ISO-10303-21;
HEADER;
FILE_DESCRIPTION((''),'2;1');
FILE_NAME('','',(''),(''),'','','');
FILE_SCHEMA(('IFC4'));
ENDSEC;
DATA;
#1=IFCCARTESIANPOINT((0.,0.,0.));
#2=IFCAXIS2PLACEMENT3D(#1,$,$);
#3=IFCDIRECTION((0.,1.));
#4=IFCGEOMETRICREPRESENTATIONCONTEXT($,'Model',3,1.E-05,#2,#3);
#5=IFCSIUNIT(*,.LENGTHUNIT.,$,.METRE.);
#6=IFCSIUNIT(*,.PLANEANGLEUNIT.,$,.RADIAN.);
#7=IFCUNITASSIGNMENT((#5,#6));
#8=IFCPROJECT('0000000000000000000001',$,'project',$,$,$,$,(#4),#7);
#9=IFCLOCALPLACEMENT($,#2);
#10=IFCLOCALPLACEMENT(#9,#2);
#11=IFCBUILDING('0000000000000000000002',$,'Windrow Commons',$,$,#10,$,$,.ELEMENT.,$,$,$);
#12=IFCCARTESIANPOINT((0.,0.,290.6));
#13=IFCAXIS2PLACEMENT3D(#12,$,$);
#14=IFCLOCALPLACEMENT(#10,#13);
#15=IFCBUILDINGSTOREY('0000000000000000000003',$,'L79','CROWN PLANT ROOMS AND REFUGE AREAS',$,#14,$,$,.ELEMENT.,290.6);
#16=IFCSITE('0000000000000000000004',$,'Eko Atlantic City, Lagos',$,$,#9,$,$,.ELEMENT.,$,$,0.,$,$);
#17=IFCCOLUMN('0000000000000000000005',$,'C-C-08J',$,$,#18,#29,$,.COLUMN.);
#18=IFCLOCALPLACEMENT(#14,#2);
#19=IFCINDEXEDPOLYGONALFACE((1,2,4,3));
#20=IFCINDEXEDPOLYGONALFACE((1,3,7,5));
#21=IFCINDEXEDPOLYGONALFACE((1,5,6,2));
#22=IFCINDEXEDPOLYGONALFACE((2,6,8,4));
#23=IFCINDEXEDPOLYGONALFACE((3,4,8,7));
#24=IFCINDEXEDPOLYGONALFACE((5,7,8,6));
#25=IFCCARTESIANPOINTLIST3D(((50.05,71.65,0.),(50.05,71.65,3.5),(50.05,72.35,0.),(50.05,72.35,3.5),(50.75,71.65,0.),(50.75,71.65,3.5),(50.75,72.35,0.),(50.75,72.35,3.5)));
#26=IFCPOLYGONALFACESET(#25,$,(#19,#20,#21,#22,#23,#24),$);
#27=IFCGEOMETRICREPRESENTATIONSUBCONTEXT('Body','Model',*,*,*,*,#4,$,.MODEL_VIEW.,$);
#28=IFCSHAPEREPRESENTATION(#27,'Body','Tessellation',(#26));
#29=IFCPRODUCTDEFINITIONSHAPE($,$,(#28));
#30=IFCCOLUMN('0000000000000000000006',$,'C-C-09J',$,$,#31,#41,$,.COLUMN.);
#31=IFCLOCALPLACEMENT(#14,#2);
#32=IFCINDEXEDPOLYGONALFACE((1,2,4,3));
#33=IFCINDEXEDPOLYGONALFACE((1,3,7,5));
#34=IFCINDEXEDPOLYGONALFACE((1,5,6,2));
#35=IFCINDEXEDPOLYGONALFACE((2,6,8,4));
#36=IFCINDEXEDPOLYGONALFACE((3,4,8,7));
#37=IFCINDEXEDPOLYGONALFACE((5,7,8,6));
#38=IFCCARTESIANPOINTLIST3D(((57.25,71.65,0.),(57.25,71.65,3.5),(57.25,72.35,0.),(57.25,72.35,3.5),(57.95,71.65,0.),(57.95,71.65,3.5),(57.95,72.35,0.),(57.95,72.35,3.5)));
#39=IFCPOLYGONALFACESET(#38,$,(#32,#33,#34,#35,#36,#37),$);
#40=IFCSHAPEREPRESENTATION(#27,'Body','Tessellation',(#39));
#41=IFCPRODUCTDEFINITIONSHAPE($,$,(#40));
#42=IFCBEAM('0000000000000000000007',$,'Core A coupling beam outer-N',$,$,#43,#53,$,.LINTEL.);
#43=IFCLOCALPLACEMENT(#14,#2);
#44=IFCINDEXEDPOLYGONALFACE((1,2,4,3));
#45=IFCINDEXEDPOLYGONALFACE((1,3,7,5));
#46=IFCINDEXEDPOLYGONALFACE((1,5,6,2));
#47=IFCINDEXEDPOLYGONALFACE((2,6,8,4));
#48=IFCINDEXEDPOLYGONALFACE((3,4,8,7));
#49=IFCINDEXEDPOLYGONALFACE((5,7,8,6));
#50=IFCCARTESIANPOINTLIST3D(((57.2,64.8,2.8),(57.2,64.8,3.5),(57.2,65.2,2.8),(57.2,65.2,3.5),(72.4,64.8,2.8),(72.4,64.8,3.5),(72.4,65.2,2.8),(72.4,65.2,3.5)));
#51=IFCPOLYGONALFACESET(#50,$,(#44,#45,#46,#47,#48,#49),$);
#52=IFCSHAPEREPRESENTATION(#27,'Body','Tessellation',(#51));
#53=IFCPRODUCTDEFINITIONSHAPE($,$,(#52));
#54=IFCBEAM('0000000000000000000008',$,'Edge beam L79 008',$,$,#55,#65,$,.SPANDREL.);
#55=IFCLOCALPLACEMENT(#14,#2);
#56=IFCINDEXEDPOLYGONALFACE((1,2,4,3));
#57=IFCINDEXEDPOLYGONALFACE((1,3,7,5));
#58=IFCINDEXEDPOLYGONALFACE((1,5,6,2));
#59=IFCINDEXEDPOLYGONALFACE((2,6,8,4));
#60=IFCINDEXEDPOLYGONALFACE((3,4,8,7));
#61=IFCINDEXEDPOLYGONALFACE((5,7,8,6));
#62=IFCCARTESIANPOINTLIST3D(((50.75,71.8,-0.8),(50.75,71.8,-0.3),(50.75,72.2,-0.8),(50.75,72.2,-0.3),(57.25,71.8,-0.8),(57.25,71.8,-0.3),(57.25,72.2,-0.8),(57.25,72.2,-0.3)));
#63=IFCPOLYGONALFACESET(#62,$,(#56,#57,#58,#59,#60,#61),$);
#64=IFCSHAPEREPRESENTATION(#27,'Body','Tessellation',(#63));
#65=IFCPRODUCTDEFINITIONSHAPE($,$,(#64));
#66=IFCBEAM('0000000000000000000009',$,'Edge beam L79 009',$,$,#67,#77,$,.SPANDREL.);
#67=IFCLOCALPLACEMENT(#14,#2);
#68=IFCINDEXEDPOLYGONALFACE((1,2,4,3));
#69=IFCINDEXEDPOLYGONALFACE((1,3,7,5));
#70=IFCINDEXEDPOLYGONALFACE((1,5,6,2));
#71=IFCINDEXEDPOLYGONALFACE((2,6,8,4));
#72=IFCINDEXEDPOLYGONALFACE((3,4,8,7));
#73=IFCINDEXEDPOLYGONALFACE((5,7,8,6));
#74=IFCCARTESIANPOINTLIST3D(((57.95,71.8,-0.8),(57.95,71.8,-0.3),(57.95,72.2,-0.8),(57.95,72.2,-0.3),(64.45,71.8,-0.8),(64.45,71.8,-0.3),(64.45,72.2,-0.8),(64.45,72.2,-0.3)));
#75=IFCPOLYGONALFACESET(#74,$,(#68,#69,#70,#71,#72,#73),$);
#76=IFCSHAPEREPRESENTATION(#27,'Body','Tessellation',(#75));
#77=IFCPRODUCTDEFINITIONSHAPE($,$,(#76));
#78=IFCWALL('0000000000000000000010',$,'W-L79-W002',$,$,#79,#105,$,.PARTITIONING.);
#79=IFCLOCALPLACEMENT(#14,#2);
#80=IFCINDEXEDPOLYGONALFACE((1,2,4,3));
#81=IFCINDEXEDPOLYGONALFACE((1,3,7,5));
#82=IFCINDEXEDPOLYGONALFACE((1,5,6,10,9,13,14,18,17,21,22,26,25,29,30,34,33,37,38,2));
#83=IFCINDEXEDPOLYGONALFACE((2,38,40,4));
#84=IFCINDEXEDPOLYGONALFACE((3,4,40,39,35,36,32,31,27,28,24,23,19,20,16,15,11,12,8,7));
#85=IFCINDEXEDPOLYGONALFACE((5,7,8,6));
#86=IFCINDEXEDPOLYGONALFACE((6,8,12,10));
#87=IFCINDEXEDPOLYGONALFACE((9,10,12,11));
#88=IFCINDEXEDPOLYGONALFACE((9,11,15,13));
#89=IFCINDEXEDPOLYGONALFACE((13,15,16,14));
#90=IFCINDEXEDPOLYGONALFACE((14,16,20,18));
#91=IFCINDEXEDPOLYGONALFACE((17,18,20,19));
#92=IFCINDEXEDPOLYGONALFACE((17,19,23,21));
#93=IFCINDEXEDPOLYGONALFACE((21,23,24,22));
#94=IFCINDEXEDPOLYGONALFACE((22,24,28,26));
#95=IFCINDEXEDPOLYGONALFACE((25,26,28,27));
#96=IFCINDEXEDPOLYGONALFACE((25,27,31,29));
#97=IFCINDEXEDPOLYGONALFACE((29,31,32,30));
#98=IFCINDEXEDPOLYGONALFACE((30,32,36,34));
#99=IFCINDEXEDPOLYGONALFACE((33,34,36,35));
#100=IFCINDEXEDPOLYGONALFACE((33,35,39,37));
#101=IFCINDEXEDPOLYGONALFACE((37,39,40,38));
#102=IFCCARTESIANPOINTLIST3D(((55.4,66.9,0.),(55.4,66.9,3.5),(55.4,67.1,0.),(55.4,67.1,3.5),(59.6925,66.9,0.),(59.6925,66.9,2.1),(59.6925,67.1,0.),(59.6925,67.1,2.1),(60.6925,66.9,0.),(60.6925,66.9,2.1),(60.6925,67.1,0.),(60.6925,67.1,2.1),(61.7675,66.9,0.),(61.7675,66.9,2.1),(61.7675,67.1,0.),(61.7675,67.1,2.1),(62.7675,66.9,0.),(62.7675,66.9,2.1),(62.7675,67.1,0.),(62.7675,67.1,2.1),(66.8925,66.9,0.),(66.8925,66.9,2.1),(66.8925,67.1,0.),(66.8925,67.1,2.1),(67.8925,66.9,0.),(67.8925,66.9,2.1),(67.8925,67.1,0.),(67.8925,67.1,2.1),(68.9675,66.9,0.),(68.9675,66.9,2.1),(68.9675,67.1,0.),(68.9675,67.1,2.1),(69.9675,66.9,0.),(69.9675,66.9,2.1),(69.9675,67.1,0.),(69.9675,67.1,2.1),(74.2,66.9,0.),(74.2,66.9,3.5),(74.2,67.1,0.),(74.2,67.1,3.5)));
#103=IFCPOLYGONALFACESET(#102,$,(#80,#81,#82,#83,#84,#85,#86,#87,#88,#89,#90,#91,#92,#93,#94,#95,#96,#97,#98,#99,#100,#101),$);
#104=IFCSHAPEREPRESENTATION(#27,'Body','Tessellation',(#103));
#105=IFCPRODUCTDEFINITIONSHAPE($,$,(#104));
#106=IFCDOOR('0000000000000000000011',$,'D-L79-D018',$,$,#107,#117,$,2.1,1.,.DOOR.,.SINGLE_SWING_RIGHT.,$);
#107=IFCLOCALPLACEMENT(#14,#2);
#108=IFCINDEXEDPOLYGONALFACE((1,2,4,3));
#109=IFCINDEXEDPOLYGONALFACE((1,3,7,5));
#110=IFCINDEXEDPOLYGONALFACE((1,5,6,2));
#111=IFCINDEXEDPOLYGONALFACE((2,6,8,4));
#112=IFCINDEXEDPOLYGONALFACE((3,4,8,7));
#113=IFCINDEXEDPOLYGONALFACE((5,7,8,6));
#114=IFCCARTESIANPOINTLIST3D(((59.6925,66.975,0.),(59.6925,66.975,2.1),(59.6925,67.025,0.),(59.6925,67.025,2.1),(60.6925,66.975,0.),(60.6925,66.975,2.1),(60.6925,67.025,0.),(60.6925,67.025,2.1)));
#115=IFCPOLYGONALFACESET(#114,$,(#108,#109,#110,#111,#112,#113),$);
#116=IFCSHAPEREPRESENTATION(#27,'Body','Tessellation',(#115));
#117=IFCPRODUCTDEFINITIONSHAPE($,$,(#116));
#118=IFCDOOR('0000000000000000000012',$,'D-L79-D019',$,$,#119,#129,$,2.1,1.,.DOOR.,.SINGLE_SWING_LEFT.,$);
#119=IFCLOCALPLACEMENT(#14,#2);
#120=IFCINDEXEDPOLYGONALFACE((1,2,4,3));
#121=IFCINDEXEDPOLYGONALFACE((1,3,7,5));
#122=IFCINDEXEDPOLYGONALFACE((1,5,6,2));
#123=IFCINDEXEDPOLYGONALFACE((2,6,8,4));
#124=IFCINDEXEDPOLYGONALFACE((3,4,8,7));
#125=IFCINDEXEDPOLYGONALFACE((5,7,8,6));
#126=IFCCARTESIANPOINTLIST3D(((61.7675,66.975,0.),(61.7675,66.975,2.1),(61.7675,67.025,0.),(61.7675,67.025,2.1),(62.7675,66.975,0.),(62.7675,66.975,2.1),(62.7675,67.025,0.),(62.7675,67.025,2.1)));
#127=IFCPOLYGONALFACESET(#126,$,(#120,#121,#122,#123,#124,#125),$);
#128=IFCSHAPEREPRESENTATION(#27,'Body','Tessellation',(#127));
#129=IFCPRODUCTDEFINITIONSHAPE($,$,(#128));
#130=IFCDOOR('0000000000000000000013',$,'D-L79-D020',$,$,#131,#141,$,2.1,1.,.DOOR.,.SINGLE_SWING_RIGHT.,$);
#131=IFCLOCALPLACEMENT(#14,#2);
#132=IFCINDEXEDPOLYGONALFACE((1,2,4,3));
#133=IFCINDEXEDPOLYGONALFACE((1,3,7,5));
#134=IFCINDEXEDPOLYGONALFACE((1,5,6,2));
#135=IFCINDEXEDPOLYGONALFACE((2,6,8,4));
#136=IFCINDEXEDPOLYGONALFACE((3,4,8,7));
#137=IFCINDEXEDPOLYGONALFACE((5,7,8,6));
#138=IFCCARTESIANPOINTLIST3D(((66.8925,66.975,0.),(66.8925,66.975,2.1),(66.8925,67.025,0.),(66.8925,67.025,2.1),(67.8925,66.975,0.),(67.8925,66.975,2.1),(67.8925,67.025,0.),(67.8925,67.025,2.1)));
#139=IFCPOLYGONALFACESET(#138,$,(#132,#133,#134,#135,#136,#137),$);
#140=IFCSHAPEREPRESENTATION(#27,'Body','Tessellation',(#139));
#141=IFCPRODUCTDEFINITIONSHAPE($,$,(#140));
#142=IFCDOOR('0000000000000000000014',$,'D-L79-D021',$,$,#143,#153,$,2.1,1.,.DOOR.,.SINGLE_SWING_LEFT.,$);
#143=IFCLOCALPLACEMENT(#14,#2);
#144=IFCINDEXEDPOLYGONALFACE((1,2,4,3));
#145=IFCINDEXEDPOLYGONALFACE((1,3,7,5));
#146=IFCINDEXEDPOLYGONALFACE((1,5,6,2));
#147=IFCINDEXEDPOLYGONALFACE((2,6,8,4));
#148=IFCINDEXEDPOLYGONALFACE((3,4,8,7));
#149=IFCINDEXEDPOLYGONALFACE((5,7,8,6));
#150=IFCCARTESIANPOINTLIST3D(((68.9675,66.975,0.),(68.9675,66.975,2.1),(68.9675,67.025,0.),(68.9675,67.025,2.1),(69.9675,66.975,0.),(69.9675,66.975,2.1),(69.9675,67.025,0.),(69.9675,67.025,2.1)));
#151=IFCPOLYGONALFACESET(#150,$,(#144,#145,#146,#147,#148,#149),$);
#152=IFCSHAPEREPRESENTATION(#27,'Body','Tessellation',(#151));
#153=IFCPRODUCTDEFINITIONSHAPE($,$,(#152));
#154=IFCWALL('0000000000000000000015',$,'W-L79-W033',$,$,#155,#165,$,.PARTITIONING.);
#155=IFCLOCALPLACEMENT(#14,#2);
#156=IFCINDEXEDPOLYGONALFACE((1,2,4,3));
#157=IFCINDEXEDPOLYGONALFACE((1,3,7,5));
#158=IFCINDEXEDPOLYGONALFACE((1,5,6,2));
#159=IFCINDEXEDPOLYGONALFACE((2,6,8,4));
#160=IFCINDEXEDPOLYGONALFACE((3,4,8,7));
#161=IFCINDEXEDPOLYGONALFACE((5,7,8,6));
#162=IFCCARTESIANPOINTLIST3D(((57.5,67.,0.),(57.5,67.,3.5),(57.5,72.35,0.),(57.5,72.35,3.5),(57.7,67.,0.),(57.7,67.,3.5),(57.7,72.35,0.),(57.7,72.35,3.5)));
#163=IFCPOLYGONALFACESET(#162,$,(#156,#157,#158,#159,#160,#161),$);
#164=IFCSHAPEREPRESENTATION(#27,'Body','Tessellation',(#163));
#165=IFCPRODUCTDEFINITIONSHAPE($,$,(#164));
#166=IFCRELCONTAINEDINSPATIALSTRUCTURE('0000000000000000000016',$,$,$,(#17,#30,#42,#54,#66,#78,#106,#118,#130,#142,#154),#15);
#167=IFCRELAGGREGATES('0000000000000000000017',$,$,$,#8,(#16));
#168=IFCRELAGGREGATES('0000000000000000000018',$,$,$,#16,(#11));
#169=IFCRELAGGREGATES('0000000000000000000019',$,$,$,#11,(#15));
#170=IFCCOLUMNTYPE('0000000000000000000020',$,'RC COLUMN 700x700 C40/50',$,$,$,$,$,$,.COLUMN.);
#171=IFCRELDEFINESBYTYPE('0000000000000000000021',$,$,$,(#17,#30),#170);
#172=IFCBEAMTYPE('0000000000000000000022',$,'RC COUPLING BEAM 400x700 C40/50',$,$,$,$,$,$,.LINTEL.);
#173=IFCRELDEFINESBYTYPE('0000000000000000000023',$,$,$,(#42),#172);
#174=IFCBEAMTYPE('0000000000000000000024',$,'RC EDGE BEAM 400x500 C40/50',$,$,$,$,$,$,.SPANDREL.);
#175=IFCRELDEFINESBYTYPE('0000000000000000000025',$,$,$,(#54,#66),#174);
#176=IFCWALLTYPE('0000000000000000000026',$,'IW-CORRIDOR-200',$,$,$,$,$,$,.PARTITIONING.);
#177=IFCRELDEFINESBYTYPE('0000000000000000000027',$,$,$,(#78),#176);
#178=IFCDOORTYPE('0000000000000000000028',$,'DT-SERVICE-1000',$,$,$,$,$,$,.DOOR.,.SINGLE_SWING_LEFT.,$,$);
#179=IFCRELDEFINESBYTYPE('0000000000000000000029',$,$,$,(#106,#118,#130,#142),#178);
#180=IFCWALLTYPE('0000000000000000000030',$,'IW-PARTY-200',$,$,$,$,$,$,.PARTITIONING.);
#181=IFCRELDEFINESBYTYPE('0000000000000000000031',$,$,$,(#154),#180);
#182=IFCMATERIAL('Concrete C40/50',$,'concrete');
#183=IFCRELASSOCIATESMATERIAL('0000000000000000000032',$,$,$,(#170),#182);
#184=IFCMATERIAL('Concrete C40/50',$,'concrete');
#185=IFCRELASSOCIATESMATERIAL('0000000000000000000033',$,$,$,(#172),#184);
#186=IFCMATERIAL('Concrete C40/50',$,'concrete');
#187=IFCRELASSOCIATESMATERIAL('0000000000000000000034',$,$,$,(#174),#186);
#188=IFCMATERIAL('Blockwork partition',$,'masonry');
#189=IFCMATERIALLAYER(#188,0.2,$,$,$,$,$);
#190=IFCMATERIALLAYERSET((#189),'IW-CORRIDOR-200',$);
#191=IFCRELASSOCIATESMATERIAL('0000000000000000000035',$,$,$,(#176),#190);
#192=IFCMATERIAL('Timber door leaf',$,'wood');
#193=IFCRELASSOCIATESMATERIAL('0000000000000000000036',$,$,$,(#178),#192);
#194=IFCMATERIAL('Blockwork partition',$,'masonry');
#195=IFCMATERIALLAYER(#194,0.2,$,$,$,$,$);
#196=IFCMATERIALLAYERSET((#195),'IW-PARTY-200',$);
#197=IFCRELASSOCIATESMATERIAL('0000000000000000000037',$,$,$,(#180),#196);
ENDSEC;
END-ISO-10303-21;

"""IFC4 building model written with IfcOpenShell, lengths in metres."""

from ifc_helpers import new_model, si_unit, direction, frame, frame_2d, origin, origin_2d, place, context, subcontext, project, spatial, rectangle, extrude, material, layer, layer_set, material_profile, profile_set, type_object, element, fill, save


model = new_model("IFC4")

# Units and contexts
model_context = context("Model", 3, precision=1e-05, world=origin(), true_north=direction((0.0, 1.0)))
body_context = subcontext(model_context, "Body", "Model", "MODEL_VIEW")
ifc_project = project(units=[si_unit("LENGTHUNIT", "METRE"), si_unit("PLANEANGLEUNIT", "RADIAN")], contexts=[model_context])

# Site, building, storey
site_placement = place(None, origin())
site = spatial("IfcSite", under=ifc_project, at=site_placement, Name="Eko Atlantic City, Lagos", CompositionType="ELEMENT", RefElevation=0.0)
building_placement = place(site_placement, origin())
building = spatial("IfcBuilding", under=site, at=building_placement, Name="Windrow Commons", CompositionType="ELEMENT")
storey_placement = place(building_placement, frame((0.0, 0.0, 290.6)))
storey = spatial("IfcBuildingStorey", under=building, at=storey_placement, Name="L79", Description="CROWN PLANT ROOMS AND REFUGE AREAS", CompositionType="ELEMENT", Elevation=290.6)

# Columns
ifc_material_1 = material(Name="Concrete C40/50", Category="concrete")
ifc_material_profile_1 = material_profile(ifc_material_1, rectangle(XDim=0.7, YDim=0.7, at=origin_2d()))
ifc_profile_set_1 = profile_set([ifc_material_profile_1], Name="Concrete C40/50")
column_type = type_object("IfcColumnType", Name="RC COLUMN 700x700 C40/50", PredefinedType="COLUMN", material=ifc_profile_set_1)
for number, where, z_axis, x_axis, name in (
    (1, (50.4, 72.0, 0.0), (0.0, 0.0, 1.0), (1.0, 0.0, 0.0), "C-C-08J"),
    (2, (57.6, 72.0, 0.0), (0.0, 0.0, 1.0), (1.0, 0.0, 0.0), "C-C-09J"),
):
    element("IfcColumn", number, at=place(storey_placement, frame(where, z_axis=z_axis, x_axis=x_axis)), inside=storey, type_object=column_type, Name=name, PredefinedType="COLUMN", context=body_context, shape_type="SweptSolid", body=[
        extrude(rectangle(XDim=0.7, YDim=0.7, at=origin_2d()), origin(), (0.0, 0.0, 1.0), 3.5),
    ])

# Beams
ifc_material_2 = material(Name="Concrete C40/50", Category="concrete")
ifc_material_profile_2 = material_profile(ifc_material_2, rectangle(XDim=0.4, YDim=0.7, at=origin_2d()))
ifc_profile_set_2 = profile_set([ifc_material_profile_2], Name="Concrete C40/50")
beam_type_1 = type_object("IfcBeamType", Name="RC COUPLING BEAM 400x700 C40/50", PredefinedType="LINTEL", material=ifc_profile_set_2)
beam_placement = place(storey_placement, frame((57.2, 65.0, 3.15), z_axis=(1.0, 0.0, 0.0), x_axis=(0.0, 1.0, 0.0)))
element("IfcBeam", 3, at=beam_placement, inside=storey, type_object=beam_type_1, Name="Core A coupling beam outer-N", PredefinedType="LINTEL", context=body_context, shape_type="SweptSolid", body=[
    extrude(rectangle(XDim=0.4, YDim=0.7, at=origin_2d()), origin(), (0.0, 0.0, 1.0), 15.2),
])
ifc_material_3 = material(Name="Concrete C40/50", Category="concrete")
ifc_material_profile_3 = material_profile(ifc_material_3, rectangle(XDim=0.4, YDim=0.5, at=origin_2d()))
ifc_profile_set_3 = profile_set([ifc_material_profile_3], Name="Concrete C40/50")
beam_type_2 = type_object("IfcBeamType", Name="RC EDGE BEAM 400x500 C40/50", PredefinedType="SPANDREL", material=ifc_profile_set_3)
for number, where, z_axis, x_axis, name in (
    (4, (50.75, 72.0, -0.55), (1.0, 0.0, 0.0), (0.0, 1.0, 0.0), "Edge beam L79 008"),
    (5, (57.95, 72.0, -0.55), (1.0, 0.0, 0.0), (0.0, 1.0, 0.0), "Edge beam L79 009"),
):
    element("IfcBeam", number, at=place(storey_placement, frame(where, z_axis=z_axis, x_axis=x_axis)), inside=storey, type_object=beam_type_2, Name=name, PredefinedType="SPANDREL", context=body_context, shape_type="SweptSolid", body=[
        extrude(rectangle(XDim=0.4, YDim=0.5, at=origin_2d()), origin(), (0.0, 0.0, 1.0), 6.5),
    ])

# Wall, openings, doors
ifc_material_4 = material(Name="Blockwork partition", Category="masonry")
ifc_layer_1 = layer(ifc_material_4, 0.2)
ifc_layer_set_1 = layer_set([ifc_layer_1], Name="IW-CORRIDOR-200")
wall_type_1 = type_object("IfcWallType", Name="IW-CORRIDOR-200", PredefinedType="PARTITIONING", material=ifc_layer_set_1)
wall_1_placement = place(storey_placement, frame((55.4, 67.0, 0.0), z_axis=(0.0, 0.0, 1.0), x_axis=(1.0, 0.0, 0.0)))
wall_1 = element("IfcWall", 6, at=wall_1_placement, inside=storey, type_object=wall_type_1, Name="W-L79-W002", PredefinedType="PARTITIONING", context=body_context, shape_type="SweptSolid", body=[
    extrude(rectangle(XDim=18.8, YDim=0.2, at=frame_2d((9.4, 0.0))), origin(), (0.0, 0.0, 1.0), 3.5),
])
opening_1_placement = place(wall_1_placement, frame((4.2925, 0.0, 0.0)))
opening_1 = element("IfcOpeningElement", 7, at=opening_1_placement, cuts=wall_1, PredefinedType="OPENING", context=body_context, shape_type="SweptSolid", body=[
    extrude(rectangle(XDim=1.0, YDim=2.1, at=frame_2d((0.5, 1.05))), frame((0.0, 0.11, 0.0), z_axis=(0.0, -1.0, 0.0), x_axis=(1.0, 0.0, 0.0)), (0.0, 0.0, 1.0), 0.22),
])
opening_2_placement = place(wall_1_placement, frame((6.3675, 0.0, 0.0)))
opening_2 = element("IfcOpeningElement", 8, at=opening_2_placement, cuts=wall_1, PredefinedType="OPENING", context=body_context, shape_type="SweptSolid", body=[
    extrude(rectangle(XDim=1.0, YDim=2.1, at=frame_2d((0.5, 1.05))), frame((0.0, 0.11, 0.0), z_axis=(0.0, -1.0, 0.0), x_axis=(1.0, 0.0, 0.0)), (0.0, 0.0, 1.0), 0.22),
])
opening_3_placement = place(wall_1_placement, frame((11.4925, 0.0, 0.0)))
opening_3 = element("IfcOpeningElement", 9, at=opening_3_placement, cuts=wall_1, PredefinedType="OPENING", context=body_context, shape_type="SweptSolid", body=[
    extrude(rectangle(XDim=1.0, YDim=2.1, at=frame_2d((0.5, 1.05))), frame((0.0, 0.11, 0.0), z_axis=(0.0, -1.0, 0.0), x_axis=(1.0, 0.0, 0.0)), (0.0, 0.0, 1.0), 0.22),
])
opening_4_placement = place(wall_1_placement, frame((13.5675, 0.0, 0.0)))
opening_4 = element("IfcOpeningElement", 10, at=opening_4_placement, cuts=wall_1, PredefinedType="OPENING", context=body_context, shape_type="SweptSolid", body=[
    extrude(rectangle(XDim=1.0, YDim=2.1, at=frame_2d((0.5, 1.05))), frame((0.0, 0.11, 0.0), z_axis=(0.0, -1.0, 0.0), x_axis=(1.0, 0.0, 0.0)), (0.0, 0.0, 1.0), 0.22),
])
ifc_material_5 = material(Name="Timber door leaf", Category="wood")
door_type_1 = type_object("IfcDoorType", Name="DT-SERVICE-1000", OperationType="SINGLE_SWING_LEFT", PredefinedType="DOOR", material=ifc_material_5)
door_1_placement = place(opening_1_placement, origin())
door_1 = element("IfcDoor", 11, at=door_1_placement, inside=storey, type_object=door_type_1, Name="D-L79-D018", OperationType="SINGLE_SWING_RIGHT", OverallHeight=2.1, OverallWidth=1.0, PredefinedType="DOOR", context=body_context, shape_type="SweptSolid", body=[
    extrude(rectangle(XDim=1.0, YDim=2.1, at=frame_2d((0.5, 1.05))), frame((0.0, 0.025, 0.0), z_axis=(0.0, -1.0, 0.0), x_axis=(1.0, 0.0, 0.0)), (0.0, 0.0, 1.0), 0.05),
])
fill(opening_1, door_1)
door_2_placement = place(opening_2_placement, origin())
door_2 = element("IfcDoor", 12, at=door_2_placement, inside=storey, type_object=door_type_1, Name="D-L79-D019", OperationType="SINGLE_SWING_LEFT", OverallHeight=2.1, OverallWidth=1.0, PredefinedType="DOOR", context=body_context, shape_type="SweptSolid", body=[
    extrude(rectangle(XDim=1.0, YDim=2.1, at=frame_2d((0.5, 1.05))), frame((0.0, 0.025, 0.0), z_axis=(0.0, -1.0, 0.0), x_axis=(1.0, 0.0, 0.0)), (0.0, 0.0, 1.0), 0.05),
])
fill(opening_2, door_2)
door_3_placement = place(opening_3_placement, origin())
door_3 = element("IfcDoor", 13, at=door_3_placement, inside=storey, type_object=door_type_1, Name="D-L79-D020", OperationType="SINGLE_SWING_RIGHT", OverallHeight=2.1, OverallWidth=1.0, PredefinedType="DOOR", context=body_context, shape_type="SweptSolid", body=[
    extrude(rectangle(XDim=1.0, YDim=2.1, at=frame_2d((0.5, 1.05))), frame((0.0, 0.025, 0.0), z_axis=(0.0, -1.0, 0.0), x_axis=(1.0, 0.0, 0.0)), (0.0, 0.0, 1.0), 0.05),
])
fill(opening_3, door_3)
door_4_placement = place(opening_4_placement, origin())
door_4 = element("IfcDoor", 14, at=door_4_placement, inside=storey, type_object=door_type_1, Name="D-L79-D021", OperationType="SINGLE_SWING_LEFT", OverallHeight=2.1, OverallWidth=1.0, PredefinedType="DOOR", context=body_context, shape_type="SweptSolid", body=[
    extrude(rectangle(XDim=1.0, YDim=2.1, at=frame_2d((0.5, 1.05))), frame((0.0, 0.025, 0.0), z_axis=(0.0, -1.0, 0.0), x_axis=(1.0, 0.0, 0.0)), (0.0, 0.0, 1.0), 0.05),
])
fill(opening_4, door_4)

# Wall
ifc_material_6 = material(Name="Blockwork partition", Category="masonry")
ifc_layer_2 = layer(ifc_material_6, 0.2)
ifc_layer_set_2 = layer_set([ifc_layer_2], Name="IW-PARTY-200")
wall_type_2 = type_object("IfcWallType", Name="IW-PARTY-200", PredefinedType="PARTITIONING", material=ifc_layer_set_2)
wall_2_placement = place(storey_placement, frame((57.6, 67.0, 0.0), z_axis=(0.0, 0.0, 1.0), x_axis=(0.0, 1.0, 0.0)))
element("IfcWall", 15, at=wall_2_placement, inside=storey, type_object=wall_type_2, Name="W-L79-W033", PredefinedType="PARTITIONING", context=body_context, shape_type="SweptSolid", body=[
    extrude(rectangle(XDim=5.35, YDim=0.2, at=frame_2d((2.675, 0.0))), origin(), (0.0, 0.0, 1.0), 3.5),
])

save(model, "model.ifc")
